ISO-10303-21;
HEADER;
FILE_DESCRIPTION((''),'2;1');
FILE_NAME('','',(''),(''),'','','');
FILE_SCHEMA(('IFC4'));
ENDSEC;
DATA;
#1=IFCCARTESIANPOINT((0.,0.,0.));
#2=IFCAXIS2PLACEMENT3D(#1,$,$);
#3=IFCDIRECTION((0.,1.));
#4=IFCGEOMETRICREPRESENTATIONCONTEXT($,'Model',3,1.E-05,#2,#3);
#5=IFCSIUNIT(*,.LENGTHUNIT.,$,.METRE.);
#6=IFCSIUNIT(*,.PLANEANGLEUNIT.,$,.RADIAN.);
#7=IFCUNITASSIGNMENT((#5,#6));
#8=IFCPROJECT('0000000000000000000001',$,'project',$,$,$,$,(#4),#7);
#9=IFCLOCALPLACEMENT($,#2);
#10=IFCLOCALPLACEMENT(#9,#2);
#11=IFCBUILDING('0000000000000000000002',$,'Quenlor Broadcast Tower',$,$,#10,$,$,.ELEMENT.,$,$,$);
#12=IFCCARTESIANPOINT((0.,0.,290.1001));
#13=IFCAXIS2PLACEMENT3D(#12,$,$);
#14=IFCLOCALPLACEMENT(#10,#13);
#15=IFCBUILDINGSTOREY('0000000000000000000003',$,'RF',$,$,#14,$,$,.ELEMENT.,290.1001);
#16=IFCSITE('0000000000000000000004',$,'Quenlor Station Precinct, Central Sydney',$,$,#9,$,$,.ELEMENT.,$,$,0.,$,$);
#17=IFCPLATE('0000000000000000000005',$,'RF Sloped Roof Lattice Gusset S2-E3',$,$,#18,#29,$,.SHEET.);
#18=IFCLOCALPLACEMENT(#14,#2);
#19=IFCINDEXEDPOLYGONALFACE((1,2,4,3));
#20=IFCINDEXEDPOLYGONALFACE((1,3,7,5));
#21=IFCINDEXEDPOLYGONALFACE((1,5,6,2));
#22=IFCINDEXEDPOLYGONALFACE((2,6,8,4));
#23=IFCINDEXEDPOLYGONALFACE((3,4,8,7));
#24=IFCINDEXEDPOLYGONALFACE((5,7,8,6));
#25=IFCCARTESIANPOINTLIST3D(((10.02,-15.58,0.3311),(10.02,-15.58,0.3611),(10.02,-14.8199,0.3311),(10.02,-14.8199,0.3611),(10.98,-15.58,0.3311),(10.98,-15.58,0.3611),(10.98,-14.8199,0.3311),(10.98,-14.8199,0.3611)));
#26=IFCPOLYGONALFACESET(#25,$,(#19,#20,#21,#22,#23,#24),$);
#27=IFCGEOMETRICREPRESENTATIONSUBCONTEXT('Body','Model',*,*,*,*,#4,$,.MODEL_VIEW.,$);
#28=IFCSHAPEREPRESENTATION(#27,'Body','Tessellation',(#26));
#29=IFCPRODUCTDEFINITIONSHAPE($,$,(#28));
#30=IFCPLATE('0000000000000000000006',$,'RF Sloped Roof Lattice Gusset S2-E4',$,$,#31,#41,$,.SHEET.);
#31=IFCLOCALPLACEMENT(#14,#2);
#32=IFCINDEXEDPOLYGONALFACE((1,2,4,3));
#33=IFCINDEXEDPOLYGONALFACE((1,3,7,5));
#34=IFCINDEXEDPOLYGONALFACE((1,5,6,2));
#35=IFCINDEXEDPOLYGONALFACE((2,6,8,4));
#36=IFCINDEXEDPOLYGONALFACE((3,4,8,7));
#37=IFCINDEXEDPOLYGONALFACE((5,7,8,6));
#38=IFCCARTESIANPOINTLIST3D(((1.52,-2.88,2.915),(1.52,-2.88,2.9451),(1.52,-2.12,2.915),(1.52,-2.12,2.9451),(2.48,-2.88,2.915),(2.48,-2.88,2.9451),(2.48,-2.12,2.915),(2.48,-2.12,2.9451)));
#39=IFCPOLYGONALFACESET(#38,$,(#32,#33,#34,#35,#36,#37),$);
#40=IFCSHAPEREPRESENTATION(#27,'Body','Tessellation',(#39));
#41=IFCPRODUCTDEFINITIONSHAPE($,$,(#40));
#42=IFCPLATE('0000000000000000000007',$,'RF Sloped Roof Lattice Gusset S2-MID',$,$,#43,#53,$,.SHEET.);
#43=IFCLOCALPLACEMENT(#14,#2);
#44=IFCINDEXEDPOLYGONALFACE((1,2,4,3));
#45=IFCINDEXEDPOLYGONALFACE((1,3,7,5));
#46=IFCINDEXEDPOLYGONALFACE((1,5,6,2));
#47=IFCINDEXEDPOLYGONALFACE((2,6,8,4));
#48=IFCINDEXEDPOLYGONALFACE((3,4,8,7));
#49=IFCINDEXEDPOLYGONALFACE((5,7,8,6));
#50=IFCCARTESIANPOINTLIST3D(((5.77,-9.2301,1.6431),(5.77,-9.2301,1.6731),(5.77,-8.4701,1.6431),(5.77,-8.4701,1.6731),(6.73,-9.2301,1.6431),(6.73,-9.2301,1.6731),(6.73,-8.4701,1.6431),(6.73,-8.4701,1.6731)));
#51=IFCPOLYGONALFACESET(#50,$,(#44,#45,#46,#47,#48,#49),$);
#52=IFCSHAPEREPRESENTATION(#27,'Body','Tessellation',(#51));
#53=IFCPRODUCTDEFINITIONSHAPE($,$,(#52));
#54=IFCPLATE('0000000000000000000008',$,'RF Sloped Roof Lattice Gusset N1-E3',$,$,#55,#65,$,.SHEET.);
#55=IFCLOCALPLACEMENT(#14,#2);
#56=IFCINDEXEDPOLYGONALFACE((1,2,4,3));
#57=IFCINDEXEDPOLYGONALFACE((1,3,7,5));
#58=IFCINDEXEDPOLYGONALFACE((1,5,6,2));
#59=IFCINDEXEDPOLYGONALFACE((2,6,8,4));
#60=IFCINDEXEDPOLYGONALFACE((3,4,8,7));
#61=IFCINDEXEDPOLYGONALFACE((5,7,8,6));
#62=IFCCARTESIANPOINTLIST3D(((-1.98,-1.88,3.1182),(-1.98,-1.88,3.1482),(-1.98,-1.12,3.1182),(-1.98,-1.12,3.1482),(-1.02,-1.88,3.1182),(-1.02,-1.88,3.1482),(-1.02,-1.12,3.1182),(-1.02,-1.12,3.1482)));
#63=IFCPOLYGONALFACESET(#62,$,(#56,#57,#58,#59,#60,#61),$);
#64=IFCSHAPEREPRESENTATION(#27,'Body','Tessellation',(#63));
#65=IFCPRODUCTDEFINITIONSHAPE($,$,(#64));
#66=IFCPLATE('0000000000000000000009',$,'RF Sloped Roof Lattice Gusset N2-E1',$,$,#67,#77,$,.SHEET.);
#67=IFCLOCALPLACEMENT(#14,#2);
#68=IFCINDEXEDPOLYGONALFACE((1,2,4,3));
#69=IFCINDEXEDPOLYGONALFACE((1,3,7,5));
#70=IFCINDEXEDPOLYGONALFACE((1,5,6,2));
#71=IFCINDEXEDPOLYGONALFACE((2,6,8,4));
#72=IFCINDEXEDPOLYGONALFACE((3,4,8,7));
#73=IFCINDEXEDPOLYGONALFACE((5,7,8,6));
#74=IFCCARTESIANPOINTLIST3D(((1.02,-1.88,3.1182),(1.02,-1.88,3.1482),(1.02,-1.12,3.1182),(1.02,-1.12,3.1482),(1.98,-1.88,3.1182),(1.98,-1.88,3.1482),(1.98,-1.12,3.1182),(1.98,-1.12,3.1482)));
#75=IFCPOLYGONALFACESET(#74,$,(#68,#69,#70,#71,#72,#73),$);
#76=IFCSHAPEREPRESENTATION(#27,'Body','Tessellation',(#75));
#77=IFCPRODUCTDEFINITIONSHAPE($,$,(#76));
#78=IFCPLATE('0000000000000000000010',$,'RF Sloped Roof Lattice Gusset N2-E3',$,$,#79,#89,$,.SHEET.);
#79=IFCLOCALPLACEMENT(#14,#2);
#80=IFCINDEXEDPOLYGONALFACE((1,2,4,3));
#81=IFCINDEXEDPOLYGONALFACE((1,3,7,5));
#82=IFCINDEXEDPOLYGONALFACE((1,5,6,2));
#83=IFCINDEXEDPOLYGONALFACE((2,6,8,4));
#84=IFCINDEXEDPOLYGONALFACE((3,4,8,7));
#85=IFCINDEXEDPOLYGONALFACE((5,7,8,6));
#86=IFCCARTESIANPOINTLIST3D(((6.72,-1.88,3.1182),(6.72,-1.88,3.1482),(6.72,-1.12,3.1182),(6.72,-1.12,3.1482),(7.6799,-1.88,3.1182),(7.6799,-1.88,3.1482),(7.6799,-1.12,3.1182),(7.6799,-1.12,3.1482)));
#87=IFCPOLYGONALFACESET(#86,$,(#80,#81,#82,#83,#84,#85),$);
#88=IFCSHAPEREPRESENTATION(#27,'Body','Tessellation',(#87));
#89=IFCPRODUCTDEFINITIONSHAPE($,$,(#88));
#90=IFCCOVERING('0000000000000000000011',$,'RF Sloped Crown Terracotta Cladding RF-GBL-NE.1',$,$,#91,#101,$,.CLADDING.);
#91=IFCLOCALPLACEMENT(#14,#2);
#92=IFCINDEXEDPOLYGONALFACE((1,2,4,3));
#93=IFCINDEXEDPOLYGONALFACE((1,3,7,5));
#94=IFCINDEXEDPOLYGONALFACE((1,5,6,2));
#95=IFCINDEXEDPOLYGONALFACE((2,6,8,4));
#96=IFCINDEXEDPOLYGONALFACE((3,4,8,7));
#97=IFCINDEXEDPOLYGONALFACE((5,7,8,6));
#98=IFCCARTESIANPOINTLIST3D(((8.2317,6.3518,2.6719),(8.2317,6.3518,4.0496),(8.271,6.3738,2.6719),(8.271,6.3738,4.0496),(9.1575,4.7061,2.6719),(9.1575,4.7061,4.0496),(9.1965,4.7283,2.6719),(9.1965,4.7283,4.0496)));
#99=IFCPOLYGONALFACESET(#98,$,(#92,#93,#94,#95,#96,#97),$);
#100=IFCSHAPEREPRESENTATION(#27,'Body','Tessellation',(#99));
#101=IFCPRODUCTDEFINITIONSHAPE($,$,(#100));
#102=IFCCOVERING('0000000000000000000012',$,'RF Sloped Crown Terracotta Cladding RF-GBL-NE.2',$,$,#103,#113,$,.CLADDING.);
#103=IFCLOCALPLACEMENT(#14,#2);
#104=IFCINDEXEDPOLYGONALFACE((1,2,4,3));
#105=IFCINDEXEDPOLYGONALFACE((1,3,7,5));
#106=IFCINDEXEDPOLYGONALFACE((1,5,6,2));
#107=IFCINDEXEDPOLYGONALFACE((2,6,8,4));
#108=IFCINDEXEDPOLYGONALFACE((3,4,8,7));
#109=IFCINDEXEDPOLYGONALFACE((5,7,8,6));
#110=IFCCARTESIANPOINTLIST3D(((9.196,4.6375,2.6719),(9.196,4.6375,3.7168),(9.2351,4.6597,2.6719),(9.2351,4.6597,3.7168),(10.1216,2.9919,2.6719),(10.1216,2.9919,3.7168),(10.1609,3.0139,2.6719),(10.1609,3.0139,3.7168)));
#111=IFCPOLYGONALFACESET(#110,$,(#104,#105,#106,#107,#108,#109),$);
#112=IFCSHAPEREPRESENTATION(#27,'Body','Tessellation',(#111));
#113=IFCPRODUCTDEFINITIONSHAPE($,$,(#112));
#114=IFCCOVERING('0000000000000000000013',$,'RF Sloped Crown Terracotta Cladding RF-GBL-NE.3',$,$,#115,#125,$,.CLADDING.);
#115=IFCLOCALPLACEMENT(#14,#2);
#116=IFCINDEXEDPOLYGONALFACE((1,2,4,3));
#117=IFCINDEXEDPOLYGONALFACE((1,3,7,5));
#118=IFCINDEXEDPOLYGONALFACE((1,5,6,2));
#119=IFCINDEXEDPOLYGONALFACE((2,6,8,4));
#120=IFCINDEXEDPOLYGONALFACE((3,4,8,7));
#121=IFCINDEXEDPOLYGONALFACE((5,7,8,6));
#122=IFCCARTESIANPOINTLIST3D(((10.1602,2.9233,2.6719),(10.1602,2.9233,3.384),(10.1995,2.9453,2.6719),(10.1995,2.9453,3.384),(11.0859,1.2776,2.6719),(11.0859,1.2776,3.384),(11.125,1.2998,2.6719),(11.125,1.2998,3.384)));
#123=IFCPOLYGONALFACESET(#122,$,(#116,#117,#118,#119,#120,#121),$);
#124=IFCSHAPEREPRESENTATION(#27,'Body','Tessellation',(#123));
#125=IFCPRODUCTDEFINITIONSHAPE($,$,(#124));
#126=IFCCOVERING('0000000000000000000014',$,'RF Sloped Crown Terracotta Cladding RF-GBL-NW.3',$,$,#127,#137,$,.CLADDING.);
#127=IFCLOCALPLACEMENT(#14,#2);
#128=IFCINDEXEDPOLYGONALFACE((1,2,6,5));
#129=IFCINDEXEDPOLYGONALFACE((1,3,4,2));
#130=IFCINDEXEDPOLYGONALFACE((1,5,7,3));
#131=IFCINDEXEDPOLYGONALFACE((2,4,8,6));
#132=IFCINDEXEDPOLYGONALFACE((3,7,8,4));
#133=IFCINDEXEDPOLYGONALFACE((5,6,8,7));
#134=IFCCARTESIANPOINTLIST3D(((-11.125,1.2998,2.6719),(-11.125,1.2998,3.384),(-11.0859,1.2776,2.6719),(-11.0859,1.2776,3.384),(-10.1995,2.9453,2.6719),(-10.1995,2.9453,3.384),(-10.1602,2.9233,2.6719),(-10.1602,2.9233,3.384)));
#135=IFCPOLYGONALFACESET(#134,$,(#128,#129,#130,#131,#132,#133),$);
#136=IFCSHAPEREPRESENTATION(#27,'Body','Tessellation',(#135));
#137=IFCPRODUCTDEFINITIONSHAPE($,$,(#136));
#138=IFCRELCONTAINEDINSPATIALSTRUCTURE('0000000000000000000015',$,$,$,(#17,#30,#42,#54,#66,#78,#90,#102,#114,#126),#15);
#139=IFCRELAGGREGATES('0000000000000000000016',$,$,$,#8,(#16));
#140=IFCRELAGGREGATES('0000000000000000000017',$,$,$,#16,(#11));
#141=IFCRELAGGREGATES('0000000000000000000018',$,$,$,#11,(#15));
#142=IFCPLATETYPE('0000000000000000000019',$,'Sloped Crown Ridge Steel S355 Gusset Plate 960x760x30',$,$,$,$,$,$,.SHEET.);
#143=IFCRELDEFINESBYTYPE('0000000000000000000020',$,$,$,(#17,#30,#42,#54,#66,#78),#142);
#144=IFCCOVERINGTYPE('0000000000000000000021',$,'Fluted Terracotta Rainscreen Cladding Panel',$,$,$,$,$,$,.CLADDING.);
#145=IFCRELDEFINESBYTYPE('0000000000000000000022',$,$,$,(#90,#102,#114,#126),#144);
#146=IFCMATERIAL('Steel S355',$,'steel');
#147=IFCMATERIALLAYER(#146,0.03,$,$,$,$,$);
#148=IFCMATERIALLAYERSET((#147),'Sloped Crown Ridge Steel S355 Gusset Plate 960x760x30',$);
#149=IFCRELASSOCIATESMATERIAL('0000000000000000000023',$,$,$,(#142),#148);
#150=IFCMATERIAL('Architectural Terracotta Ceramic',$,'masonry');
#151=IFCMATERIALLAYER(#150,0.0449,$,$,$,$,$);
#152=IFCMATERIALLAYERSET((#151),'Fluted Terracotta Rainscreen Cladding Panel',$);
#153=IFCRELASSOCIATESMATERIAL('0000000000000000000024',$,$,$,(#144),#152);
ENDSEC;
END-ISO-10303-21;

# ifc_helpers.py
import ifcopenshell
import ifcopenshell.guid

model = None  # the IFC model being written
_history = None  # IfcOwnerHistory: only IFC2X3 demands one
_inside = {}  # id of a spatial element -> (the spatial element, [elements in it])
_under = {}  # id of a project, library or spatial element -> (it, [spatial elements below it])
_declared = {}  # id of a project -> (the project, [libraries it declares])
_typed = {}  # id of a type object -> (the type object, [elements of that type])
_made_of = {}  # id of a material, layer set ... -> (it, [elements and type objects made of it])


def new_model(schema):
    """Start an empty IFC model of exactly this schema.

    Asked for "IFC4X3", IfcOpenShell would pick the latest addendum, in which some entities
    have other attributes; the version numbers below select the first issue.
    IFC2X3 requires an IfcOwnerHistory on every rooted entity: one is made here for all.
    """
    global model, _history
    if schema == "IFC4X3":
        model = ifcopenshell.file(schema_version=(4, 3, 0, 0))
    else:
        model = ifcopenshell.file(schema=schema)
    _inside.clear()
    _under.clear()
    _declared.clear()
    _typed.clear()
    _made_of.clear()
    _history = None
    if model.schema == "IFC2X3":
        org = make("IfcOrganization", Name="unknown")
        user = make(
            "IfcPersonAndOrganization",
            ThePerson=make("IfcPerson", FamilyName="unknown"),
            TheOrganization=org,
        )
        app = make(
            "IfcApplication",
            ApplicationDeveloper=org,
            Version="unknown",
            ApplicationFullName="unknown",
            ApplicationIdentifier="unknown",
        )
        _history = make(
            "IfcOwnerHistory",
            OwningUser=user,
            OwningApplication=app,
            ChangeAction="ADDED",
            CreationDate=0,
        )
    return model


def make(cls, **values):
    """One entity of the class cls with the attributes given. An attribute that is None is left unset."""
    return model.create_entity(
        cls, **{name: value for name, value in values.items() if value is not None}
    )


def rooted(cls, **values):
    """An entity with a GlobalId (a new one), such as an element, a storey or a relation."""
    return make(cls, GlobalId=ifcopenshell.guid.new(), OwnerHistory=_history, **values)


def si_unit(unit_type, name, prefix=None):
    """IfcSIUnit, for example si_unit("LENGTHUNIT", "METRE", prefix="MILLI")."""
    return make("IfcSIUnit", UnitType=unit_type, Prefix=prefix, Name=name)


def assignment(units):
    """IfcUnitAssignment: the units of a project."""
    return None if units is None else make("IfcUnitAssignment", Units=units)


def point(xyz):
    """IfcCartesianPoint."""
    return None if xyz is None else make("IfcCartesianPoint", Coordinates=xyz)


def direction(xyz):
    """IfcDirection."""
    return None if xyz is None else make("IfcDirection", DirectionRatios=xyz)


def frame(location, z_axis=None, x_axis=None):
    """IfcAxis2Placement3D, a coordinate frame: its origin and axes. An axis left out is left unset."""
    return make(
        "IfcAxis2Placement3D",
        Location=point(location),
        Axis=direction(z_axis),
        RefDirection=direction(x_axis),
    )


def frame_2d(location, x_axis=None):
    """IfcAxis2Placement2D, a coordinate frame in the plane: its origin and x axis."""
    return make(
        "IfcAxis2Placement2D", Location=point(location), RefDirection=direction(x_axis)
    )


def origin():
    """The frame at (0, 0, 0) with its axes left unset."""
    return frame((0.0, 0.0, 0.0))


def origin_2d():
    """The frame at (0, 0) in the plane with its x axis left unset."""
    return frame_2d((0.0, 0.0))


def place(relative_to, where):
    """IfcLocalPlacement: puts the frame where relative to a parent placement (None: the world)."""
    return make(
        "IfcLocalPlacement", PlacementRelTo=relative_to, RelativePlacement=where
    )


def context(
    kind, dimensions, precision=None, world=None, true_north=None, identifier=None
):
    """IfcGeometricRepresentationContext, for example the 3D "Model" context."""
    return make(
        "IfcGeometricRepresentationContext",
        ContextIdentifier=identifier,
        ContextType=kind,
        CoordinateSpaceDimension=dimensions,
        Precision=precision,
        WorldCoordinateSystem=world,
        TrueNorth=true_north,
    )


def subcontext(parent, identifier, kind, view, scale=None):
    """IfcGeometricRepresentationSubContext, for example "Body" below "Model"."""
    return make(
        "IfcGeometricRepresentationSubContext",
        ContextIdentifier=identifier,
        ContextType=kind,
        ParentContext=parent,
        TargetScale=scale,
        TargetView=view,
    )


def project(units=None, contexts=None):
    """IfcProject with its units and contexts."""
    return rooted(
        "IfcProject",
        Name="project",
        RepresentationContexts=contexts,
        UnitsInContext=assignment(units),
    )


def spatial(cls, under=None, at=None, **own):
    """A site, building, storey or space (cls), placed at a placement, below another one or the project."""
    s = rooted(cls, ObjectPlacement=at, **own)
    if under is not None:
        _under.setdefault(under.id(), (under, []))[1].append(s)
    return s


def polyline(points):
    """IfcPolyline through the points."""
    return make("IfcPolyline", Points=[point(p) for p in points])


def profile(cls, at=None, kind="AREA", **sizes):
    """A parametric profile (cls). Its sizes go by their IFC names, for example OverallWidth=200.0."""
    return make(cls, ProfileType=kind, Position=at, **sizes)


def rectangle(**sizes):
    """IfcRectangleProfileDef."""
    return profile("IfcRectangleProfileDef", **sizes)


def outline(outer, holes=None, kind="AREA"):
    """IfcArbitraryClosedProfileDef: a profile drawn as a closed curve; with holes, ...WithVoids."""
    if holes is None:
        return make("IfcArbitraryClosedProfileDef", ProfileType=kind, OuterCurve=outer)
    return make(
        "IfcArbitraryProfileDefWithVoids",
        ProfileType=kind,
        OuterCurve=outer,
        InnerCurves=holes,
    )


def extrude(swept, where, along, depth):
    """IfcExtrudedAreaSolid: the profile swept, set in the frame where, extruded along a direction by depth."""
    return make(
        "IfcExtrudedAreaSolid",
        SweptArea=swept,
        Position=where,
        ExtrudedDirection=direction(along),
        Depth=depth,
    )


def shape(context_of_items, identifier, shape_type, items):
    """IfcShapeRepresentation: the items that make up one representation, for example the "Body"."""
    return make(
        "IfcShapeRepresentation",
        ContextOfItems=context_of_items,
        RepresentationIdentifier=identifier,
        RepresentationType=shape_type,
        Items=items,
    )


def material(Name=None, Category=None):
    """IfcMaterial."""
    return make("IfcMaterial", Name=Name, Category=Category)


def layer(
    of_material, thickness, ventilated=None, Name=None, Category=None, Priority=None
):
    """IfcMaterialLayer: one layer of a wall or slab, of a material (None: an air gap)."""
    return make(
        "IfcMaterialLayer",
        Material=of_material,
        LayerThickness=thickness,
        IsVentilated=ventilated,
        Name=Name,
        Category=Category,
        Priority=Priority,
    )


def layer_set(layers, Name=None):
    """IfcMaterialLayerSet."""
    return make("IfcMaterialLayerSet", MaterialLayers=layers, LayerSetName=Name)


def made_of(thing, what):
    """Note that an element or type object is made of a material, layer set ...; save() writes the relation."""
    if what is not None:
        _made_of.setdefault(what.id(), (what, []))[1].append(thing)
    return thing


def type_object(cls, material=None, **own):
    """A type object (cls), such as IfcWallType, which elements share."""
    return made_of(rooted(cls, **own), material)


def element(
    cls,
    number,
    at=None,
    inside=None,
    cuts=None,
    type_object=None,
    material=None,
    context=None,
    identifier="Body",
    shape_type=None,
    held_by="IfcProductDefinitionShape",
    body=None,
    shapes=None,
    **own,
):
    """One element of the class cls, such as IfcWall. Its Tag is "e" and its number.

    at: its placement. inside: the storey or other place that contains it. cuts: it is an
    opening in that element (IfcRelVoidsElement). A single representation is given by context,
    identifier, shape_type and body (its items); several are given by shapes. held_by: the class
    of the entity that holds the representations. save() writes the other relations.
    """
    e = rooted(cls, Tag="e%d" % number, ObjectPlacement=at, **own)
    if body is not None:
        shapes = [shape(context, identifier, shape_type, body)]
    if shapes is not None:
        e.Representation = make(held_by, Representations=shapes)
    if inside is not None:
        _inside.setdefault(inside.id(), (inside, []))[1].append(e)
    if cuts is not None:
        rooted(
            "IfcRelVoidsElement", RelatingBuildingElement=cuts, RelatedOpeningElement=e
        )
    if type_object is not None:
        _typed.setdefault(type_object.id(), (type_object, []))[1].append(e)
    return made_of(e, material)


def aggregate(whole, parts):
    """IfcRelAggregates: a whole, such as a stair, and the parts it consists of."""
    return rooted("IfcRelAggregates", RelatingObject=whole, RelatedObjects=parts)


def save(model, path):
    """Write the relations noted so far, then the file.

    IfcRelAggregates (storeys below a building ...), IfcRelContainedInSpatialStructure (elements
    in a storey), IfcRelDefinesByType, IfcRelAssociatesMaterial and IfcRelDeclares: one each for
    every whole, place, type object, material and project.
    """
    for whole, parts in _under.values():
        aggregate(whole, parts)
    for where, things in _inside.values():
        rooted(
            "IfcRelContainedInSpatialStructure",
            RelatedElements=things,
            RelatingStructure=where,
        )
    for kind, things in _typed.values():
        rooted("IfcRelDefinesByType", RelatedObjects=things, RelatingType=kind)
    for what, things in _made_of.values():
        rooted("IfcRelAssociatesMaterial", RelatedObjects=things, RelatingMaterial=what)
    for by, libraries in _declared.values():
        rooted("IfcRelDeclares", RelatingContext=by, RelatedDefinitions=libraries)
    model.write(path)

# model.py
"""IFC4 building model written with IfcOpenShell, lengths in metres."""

from ifc_helpers import new_model, si_unit, direction, frame, origin, origin_2d, place, context, subcontext, project, spatial, polyline, rectangle, outline, extrude, material, layer, layer_set, type_object, element, save


model = new_model("IFC4")

# Units and contexts
model_context = context("Model", 3, precision=1e-05, world=origin(), true_north=direction((0.0, 1.0)))
body_context = subcontext(model_context, "Body", "Model", "MODEL_VIEW")
ifc_project = project(units=[si_unit("LENGTHUNIT", "METRE"), si_unit("PLANEANGLEUNIT", "RADIAN")], contexts=[model_context])

# Site, building, storey
site_placement = place(None, origin())
site = spatial("IfcSite", under=ifc_project, at=site_placement, Name="Quenlor Station Precinct, Central Sydney", CompositionType="ELEMENT", RefElevation=0.0)
building_placement = place(site_placement, origin())
building = spatial("IfcBuilding", under=site, at=building_placement, Name="Quenlor Broadcast Tower", CompositionType="ELEMENT")
storey_placement = place(building_placement, frame((0.0, 0.0, 290.1001)))
storey = spatial("IfcBuildingStorey", under=building, at=storey_placement, Name="RF", CompositionType="ELEMENT", Elevation=290.1001)

# Plates
ifc_material_1 = material(Name="Steel S355", Category="steel")
ifc_layer_1 = layer(ifc_material_1, 0.03)
ifc_layer_set_1 = layer_set([ifc_layer_1], Name="Sloped Crown Ridge Steel S355 Gusset Plate 960x760x30")
plate_type = type_object("IfcPlateType", Name="Sloped Crown Ridge Steel S355 Gusset Plate 960x760x30", PredefinedType="SHEET", material=ifc_layer_set_1)
for number, where, z_axis, x_axis, name in (
    (1, (10.5, -15.2, 0.3311), (0.0, 0.0, 1.0), (1.0, 0.0, 0.0), "RF Sloped Roof Lattice Gusset S2-E3"),
    (2, (2.0, -2.5, 2.915), (0.0, 0.0, 1.0), (1.0, 0.0, 0.0), "RF Sloped Roof Lattice Gusset S2-E4"),
    (3, (6.25, -8.8501, 1.6431), (0.0, 0.0, 1.0), (1.0, 0.0, 0.0), "RF Sloped Roof Lattice Gusset S2-MID"),
    (4, (-1.5, -1.5, 3.1182), (0.0, 0.0, 1.0), (1.0, 0.0, 0.0), "RF Sloped Roof Lattice Gusset N1-E3"),
    (5, (1.5, -1.5, 3.1182), (0.0, 0.0, 1.0), (1.0, 0.0, 0.0), "RF Sloped Roof Lattice Gusset N2-E1"),
    (6, (7.2, -1.5, 3.1182), (0.0, 0.0, 1.0), (1.0, 0.0, 0.0), "RF Sloped Roof Lattice Gusset N2-E3"),
):
    element("IfcPlate", number, at=place(storey_placement, frame(where, z_axis=z_axis, x_axis=x_axis)), inside=storey, type_object=plate_type, Name=name, PredefinedType="SHEET", context=body_context, shape_type="SweptSolid", body=[
        extrude(rectangle(XDim=0.96, YDim=0.76, at=origin_2d()), origin(), (0.0, 0.0, 1.0), 0.03),
    ])

# Coverings
ifc_material_2 = material(Name="Architectural Terracotta Ceramic", Category="masonry")
ifc_layer_2 = layer(ifc_material_2, 0.0449)
ifc_layer_set_2 = layer_set([ifc_layer_2], Name="Fluted Terracotta Rainscreen Cladding Panel")
covering_type = type_object("IfcCoveringType", Name="Fluted Terracotta Rainscreen Cladding Panel", PredefinedType="CLADDING", material=ifc_layer_set_2)
covering_1_placement = place(storey_placement, frame((0.0, 0.0, 2.6719)))
element("IfcCovering", 7, at=covering_1_placement, inside=storey, type_object=covering_type, Name="RF Sloped Crown Terracotta Cladding RF-GBL-NE.1", PredefinedType="CLADDING", context=body_context, shape_type="SweptSolid", body=[
    extrude(outline(polyline([(8.2317, 6.3518), (9.1575, 4.7061), (9.1965, 4.7283), (8.271, 6.3738), (8.2317, 6.3518)])), origin(), (0.0, 0.0, 1.0), 1.3777),
])
covering_2_placement = place(storey_placement, frame((0.0, 0.0, 2.6719)))
element("IfcCovering", 8, at=covering_2_placement, inside=storey, type_object=covering_type, Name="RF Sloped Crown Terracotta Cladding RF-GBL-NE.2", PredefinedType="CLADDING", context=body_context, shape_type="SweptSolid", body=[
    extrude(outline(polyline([(9.196, 4.6375), (10.1216, 2.9919), (10.1609, 3.0139), (9.2351, 4.6597), (9.196, 4.6375)])), origin(), (0.0, 0.0, 1.0), 1.0449),
])
covering_3_placement = place(storey_placement, frame((0.0, 0.0, 2.6719)))
element("IfcCovering", 9, at=covering_3_placement, inside=storey, type_object=covering_type, Name="RF Sloped Crown Terracotta Cladding RF-GBL-NE.3", PredefinedType="CLADDING", context=body_context, shape_type="SweptSolid", body=[
    extrude(outline(polyline([(10.1602, 2.9233), (11.0859, 1.2776), (11.125, 1.2998), (10.1995, 2.9453), (10.1602, 2.9233)])), origin(), (0.0, 0.0, 1.0), 0.7122),
])
covering_4_placement = place(storey_placement, frame((0.0, 0.0, 2.6719)))
element("IfcCovering", 10, at=covering_4_placement, inside=storey, type_object=covering_type, Name="RF Sloped Crown Terracotta Cladding RF-GBL-NW.3", PredefinedType="CLADDING", context=body_context, shape_type="SweptSolid", body=[
    extrude(outline(polyline([(-11.0859, 1.2776), (-10.1602, 2.9233), (-10.1995, 2.9453), (-11.125, 1.2998), (-11.0859, 1.2776)])), origin(), (0.0, 0.0, 1.0), 0.7122),
])

save(model, "model.ifc")
